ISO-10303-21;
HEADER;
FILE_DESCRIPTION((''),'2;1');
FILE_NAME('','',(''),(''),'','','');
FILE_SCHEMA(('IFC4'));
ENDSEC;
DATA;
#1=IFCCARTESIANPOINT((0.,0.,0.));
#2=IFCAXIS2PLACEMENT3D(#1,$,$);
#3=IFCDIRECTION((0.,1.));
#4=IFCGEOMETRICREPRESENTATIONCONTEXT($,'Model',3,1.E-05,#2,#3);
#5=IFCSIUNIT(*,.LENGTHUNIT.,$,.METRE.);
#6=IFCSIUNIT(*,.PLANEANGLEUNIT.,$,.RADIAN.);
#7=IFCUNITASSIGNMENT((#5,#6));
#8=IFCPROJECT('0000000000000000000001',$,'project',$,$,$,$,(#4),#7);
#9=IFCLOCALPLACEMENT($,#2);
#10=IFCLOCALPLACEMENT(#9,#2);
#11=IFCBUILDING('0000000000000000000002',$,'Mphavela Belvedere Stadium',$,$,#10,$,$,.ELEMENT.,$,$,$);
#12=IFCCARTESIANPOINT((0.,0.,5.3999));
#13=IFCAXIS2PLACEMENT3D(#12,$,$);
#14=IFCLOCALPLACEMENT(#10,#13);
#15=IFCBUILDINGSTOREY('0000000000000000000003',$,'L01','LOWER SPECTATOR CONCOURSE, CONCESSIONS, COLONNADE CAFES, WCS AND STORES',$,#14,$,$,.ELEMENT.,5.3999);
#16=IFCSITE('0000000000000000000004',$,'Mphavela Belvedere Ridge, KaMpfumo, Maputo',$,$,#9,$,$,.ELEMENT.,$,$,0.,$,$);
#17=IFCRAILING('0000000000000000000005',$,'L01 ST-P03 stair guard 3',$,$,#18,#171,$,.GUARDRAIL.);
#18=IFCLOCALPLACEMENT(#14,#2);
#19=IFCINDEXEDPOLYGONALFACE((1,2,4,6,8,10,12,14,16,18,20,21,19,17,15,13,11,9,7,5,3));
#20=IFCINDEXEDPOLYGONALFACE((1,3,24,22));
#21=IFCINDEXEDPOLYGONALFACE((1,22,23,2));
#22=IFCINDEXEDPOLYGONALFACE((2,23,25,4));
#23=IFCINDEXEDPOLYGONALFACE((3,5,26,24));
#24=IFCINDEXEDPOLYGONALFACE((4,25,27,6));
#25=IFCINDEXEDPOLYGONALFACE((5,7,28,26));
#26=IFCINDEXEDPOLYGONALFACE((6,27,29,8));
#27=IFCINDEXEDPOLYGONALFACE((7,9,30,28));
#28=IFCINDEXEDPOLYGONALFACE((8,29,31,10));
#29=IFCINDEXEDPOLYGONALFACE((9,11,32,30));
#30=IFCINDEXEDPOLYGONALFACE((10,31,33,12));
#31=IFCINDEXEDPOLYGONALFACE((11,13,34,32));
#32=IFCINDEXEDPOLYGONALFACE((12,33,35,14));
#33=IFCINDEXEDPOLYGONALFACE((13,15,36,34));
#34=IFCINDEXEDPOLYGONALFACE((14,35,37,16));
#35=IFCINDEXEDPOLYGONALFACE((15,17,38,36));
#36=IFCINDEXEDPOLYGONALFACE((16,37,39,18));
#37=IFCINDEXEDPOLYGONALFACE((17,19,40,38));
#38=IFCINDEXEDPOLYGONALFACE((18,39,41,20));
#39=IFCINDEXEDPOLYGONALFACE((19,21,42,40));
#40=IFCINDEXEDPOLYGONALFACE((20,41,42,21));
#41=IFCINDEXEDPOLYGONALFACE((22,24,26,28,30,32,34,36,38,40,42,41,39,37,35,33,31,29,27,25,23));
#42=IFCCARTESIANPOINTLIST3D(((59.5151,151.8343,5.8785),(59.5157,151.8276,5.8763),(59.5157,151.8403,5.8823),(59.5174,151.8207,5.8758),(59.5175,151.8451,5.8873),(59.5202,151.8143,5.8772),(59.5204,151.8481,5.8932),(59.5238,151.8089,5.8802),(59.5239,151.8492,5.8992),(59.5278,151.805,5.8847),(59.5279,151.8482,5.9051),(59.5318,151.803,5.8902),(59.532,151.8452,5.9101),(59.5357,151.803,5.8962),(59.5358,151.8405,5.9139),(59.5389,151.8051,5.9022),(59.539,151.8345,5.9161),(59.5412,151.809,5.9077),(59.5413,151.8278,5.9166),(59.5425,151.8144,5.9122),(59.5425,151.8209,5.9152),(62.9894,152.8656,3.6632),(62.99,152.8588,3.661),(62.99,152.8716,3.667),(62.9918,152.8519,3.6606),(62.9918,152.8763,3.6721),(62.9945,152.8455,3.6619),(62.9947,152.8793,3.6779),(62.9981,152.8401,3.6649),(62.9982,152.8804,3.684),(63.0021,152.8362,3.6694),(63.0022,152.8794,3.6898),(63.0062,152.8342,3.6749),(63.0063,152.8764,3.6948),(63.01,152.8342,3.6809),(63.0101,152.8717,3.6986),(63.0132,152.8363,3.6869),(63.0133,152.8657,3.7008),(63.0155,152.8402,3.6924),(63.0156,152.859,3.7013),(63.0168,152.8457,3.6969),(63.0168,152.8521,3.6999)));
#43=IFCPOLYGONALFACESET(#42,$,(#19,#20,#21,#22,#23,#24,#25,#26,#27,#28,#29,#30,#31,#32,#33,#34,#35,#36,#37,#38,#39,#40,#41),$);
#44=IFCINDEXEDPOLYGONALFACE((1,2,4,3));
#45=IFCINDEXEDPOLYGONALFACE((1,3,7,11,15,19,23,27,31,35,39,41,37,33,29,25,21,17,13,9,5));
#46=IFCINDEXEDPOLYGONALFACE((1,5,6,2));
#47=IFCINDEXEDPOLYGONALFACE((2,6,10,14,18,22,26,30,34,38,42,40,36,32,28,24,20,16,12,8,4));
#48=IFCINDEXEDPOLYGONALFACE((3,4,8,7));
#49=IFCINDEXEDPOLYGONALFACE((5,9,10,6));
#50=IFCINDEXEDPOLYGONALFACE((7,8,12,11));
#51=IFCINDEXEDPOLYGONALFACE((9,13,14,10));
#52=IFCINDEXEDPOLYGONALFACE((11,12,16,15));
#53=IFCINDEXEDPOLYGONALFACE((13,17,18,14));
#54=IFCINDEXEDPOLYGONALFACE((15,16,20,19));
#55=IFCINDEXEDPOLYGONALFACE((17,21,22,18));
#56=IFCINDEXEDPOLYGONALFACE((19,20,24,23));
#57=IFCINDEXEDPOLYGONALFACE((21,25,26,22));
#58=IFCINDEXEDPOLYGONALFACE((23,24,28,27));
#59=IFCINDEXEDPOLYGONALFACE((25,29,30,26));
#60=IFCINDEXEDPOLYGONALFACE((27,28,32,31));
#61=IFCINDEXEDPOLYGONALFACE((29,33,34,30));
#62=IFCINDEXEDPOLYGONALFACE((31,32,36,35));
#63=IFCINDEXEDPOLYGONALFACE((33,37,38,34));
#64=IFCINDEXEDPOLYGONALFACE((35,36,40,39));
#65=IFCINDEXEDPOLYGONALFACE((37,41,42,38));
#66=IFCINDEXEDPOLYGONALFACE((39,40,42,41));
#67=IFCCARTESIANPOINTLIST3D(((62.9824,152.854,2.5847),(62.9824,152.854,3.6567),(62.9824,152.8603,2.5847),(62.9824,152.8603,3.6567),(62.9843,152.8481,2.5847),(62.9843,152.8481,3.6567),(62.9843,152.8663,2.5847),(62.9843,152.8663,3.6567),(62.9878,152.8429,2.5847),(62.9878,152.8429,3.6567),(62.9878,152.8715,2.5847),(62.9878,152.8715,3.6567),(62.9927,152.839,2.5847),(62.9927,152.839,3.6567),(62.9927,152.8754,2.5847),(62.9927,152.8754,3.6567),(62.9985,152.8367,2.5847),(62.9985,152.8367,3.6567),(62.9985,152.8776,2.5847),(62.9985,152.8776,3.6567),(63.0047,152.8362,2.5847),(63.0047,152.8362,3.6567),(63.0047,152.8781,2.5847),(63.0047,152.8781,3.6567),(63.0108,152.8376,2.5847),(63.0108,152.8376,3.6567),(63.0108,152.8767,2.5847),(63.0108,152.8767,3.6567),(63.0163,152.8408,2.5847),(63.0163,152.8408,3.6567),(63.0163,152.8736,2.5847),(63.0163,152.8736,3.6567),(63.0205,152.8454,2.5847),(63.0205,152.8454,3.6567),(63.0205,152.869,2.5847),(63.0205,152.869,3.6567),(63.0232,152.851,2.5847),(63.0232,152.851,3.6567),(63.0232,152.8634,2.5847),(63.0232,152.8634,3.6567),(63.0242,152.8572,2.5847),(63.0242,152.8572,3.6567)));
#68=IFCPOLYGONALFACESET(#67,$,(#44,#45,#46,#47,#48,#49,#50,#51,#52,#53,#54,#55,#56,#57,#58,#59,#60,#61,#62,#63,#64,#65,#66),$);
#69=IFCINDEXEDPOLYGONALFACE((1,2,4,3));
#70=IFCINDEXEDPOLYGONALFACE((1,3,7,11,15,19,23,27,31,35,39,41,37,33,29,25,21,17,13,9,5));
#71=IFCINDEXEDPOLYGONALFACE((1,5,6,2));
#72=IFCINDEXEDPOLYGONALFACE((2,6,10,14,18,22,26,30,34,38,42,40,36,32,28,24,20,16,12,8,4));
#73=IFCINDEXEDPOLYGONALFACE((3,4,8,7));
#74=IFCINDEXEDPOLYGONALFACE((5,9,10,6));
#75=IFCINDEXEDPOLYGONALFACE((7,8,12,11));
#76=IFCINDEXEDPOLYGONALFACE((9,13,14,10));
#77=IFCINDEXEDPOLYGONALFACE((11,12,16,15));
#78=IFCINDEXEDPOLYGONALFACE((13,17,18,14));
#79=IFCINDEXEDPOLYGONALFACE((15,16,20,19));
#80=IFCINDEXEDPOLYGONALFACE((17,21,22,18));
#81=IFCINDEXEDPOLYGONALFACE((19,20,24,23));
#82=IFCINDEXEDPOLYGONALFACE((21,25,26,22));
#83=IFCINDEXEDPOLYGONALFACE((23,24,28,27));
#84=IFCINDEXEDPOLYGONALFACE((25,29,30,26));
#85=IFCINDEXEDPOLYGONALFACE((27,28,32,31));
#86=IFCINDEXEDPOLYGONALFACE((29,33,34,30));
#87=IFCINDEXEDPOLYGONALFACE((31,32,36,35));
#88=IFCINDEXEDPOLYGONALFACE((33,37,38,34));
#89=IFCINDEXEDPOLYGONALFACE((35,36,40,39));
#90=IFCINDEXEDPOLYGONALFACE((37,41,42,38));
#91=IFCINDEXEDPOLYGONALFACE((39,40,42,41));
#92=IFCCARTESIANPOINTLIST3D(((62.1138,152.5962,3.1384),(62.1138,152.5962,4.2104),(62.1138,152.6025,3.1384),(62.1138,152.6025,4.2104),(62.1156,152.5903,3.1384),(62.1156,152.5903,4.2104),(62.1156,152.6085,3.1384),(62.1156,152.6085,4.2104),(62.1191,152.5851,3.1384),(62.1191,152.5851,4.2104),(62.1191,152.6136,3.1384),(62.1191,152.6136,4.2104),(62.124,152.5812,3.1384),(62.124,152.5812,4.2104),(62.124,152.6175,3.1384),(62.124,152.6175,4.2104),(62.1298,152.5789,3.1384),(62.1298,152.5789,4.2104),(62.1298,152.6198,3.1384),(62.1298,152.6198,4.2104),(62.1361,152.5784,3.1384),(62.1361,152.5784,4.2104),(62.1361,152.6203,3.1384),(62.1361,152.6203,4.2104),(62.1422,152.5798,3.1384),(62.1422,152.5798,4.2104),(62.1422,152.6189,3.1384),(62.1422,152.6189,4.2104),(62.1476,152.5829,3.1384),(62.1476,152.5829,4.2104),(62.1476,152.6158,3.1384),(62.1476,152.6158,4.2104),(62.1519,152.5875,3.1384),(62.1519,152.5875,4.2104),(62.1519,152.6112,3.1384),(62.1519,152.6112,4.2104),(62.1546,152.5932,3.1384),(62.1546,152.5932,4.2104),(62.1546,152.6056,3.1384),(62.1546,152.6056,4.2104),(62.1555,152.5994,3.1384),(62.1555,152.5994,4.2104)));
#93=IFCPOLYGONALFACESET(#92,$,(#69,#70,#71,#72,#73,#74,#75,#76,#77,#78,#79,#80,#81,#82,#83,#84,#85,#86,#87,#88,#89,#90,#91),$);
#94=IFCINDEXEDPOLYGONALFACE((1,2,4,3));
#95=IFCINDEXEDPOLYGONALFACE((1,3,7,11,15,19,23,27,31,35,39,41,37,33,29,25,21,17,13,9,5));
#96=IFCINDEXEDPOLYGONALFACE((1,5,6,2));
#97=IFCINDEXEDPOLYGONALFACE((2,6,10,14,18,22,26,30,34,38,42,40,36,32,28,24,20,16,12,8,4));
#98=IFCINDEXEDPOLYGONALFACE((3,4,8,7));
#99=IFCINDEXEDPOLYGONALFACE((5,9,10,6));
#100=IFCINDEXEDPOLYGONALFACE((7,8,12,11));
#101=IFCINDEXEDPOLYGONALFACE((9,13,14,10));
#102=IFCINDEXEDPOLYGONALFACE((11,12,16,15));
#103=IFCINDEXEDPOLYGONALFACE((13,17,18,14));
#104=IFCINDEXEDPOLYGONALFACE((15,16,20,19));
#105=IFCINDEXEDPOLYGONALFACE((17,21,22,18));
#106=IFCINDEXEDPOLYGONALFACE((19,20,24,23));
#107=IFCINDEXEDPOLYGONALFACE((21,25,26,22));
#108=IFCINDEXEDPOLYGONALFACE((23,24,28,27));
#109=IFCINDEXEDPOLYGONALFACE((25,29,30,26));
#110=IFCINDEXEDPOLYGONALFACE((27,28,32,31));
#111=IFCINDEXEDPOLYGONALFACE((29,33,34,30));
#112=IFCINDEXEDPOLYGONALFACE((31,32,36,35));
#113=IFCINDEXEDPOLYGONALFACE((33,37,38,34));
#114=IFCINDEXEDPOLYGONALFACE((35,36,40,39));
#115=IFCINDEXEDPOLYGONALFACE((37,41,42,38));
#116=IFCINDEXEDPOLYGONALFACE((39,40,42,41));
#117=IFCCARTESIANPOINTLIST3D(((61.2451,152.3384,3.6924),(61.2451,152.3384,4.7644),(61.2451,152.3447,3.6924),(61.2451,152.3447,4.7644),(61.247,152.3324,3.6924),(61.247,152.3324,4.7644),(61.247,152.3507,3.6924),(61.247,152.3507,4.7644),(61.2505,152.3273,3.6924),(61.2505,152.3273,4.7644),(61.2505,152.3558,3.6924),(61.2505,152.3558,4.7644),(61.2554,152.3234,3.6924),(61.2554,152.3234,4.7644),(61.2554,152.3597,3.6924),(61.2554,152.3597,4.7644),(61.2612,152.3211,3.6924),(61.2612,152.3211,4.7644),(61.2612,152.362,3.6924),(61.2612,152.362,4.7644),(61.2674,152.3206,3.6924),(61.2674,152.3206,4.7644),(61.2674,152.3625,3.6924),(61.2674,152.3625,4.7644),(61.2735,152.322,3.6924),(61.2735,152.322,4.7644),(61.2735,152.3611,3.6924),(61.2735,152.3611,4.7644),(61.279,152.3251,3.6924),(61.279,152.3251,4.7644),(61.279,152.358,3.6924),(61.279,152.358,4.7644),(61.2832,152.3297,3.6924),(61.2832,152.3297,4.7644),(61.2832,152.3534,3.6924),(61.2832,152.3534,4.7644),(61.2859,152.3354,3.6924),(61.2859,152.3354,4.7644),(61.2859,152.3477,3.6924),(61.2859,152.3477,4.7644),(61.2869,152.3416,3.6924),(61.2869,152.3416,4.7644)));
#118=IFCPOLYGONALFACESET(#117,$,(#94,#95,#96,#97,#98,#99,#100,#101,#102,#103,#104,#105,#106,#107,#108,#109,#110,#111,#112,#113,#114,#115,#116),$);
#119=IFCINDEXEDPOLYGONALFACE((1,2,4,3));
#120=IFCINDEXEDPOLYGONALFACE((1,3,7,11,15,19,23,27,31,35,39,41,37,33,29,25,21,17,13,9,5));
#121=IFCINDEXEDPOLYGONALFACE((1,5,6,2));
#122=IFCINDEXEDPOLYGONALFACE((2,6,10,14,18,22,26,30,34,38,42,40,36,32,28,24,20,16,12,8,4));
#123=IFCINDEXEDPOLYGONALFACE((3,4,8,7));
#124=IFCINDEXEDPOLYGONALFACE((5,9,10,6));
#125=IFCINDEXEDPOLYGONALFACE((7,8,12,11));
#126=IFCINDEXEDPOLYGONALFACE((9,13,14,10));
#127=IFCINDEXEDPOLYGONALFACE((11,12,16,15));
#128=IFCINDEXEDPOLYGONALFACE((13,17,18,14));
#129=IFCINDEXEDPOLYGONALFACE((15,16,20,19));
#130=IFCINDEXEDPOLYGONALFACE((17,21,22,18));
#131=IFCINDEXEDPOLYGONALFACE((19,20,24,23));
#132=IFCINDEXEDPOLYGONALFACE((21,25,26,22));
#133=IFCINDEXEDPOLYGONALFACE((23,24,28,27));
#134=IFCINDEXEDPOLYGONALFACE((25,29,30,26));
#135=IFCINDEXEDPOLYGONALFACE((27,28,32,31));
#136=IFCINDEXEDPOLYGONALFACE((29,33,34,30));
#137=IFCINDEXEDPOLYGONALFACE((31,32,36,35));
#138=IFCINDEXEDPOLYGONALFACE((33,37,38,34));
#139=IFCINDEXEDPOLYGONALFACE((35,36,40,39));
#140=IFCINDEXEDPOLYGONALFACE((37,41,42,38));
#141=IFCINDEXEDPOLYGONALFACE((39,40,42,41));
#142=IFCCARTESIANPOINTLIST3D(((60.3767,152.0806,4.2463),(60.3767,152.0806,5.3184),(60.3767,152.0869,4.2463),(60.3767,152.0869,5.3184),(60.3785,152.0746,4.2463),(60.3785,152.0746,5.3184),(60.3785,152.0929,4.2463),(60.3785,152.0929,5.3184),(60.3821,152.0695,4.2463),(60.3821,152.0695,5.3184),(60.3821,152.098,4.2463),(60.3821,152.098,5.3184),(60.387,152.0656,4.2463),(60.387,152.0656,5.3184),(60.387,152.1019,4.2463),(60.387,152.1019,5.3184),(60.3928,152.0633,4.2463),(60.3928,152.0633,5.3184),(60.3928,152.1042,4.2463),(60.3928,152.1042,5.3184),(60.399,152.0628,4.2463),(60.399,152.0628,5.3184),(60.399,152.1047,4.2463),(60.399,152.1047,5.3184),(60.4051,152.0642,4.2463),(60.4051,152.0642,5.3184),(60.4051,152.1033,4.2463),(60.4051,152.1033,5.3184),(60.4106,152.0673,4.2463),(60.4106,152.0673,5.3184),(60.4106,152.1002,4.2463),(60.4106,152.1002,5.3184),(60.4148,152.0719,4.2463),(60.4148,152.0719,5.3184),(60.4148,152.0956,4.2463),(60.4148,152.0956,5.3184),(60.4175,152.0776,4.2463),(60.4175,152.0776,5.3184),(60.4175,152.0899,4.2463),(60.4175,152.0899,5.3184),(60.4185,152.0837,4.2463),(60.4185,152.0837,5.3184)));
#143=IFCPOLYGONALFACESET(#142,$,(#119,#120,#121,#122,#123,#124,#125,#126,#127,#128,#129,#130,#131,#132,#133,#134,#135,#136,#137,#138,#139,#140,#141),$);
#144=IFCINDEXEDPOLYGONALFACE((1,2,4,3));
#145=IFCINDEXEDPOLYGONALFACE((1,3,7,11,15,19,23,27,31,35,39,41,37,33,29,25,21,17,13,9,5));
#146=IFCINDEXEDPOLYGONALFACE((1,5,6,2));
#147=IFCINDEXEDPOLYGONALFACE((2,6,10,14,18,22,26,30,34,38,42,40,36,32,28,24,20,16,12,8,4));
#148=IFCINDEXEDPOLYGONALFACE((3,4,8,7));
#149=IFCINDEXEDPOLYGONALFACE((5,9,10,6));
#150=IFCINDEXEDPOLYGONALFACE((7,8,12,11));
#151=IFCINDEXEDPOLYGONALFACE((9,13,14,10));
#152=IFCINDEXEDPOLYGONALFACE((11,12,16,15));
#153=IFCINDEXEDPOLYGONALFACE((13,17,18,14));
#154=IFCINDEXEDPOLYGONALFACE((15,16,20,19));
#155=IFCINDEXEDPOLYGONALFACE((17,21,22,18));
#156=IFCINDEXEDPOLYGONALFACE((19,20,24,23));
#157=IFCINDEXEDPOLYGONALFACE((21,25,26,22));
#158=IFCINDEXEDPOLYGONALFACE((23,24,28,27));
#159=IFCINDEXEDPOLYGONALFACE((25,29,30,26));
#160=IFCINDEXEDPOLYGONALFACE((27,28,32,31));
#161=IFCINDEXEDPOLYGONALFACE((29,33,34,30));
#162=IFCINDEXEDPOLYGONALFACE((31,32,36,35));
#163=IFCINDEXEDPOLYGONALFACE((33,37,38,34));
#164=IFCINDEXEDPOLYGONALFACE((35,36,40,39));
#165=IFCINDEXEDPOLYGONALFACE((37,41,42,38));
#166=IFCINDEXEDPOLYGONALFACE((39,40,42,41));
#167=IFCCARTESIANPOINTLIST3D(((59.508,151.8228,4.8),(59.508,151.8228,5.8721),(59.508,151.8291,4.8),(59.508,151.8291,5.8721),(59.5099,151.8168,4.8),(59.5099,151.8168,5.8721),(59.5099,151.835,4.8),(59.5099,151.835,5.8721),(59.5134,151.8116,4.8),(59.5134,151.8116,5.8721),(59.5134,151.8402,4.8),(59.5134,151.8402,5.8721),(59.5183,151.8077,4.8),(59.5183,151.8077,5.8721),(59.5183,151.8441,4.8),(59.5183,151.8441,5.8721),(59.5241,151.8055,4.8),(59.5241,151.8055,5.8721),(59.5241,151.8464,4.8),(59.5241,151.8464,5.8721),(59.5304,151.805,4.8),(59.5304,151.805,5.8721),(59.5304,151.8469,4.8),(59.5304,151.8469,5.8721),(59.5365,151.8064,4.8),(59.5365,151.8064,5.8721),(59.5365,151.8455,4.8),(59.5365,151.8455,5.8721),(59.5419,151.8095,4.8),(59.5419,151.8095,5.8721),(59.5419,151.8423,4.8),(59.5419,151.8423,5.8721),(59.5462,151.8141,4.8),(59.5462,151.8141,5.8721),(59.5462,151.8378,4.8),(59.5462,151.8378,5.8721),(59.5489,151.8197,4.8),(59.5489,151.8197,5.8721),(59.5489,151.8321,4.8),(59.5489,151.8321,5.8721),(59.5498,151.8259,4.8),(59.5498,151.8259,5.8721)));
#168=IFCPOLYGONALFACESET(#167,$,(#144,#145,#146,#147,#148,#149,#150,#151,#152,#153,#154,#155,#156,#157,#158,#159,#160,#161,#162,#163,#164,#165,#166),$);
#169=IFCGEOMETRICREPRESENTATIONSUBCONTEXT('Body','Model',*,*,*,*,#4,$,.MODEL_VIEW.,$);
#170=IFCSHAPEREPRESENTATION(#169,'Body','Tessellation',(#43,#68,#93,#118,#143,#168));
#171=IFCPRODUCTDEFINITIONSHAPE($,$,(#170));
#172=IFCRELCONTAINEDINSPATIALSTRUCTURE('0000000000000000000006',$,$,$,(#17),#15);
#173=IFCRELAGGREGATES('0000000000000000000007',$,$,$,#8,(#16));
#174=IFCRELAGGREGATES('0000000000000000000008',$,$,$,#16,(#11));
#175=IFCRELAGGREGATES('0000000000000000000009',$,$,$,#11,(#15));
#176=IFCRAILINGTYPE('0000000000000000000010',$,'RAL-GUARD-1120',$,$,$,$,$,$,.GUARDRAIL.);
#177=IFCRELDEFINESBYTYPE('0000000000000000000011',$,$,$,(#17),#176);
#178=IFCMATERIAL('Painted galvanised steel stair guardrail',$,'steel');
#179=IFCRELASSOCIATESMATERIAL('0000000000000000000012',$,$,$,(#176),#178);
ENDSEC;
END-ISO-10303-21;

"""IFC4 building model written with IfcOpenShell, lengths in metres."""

from ifc_helpers import new_model, si_unit, direction, frame, origin, origin_2d, place, context, subcontext, project, spatial, circle, extrude, material, type_object, element, save


model = new_model("IFC4")

# Units and contexts
model_context = context("Model", 3, precision=1e-05, world=origin(), true_north=direction((0.0, 1.0)))
body_context = subcontext(model_context, "Body", "Model", "MODEL_VIEW")
ifc_project = project(units=[si_unit("LENGTHUNIT", "METRE"), si_unit("PLANEANGLEUNIT", "RADIAN")], contexts=[model_context])

# Site, building, storey
site_placement = place(None, origin())
site = spatial("IfcSite", under=ifc_project, at=site_placement, Name="Mphavela Belvedere Ridge, KaMpfumo, Maputo", CompositionType="ELEMENT", RefElevation=0.0)
building_placement = place(site_placement, origin())
building = spatial("IfcBuilding", under=site, at=building_placement, Name="Mphavela Belvedere Stadium", CompositionType="ELEMENT")
storey_placement = place(building_placement, frame((0.0, 0.0, 5.3999)))
storey = spatial("IfcBuildingStorey", under=building, at=storey_placement, Name="L01", Description="LOWER SPECTATOR CONCOURSE, CONCESSIONS, COLONNADE CAFES, WCS AND STORES", CompositionType="ELEMENT", Elevation=5.3999)

# Railing
ifc_material_1 = material(Name="Painted galvanised steel stair guardrail", Category="steel")
railing_type_1 = type_object("IfcRailingType", Name="RAL-GUARD-1120", PredefinedType="GUARDRAIL", material=ifc_material_1)
railing_1_placement = place(storey_placement, frame((63.0032, 152.8572, 2.5847)))
element("IfcRailing", 1, at=railing_1_placement, inside=storey, type_object=railing_type_1, Name="L01 ST-P03 stair guard 3", PredefinedType="GUARDRAIL", context=body_context, shape_type="SweptSolid", body=[
    extrude(circle(Radius=0.0239, at=origin_2d()), frame((0.0, 0.0, 1.0962), z_axis=(-0.817953, -0.242782, 0.521545), x_axis=(0.284547, -0.958662, 0.0)), (0.0, 0.0, 1.0), 4.2476),
    extrude(circle(Radius=0.021, at=origin_2d()), origin(), (0.0, 0.0, 1.0), 1.072),
    extrude(circle(Radius=0.021, at=origin_2d()), frame((-0.8687, -0.2578, 0.5537)), (0.0, 0.0, 1.0), 1.072),
    extrude(circle(Radius=0.021, at=origin_2d()), frame((-1.7373, -0.5156, 1.1077)), (0.0, 0.0, 1.0), 1.072),
    extrude(circle(Radius=0.021, at=origin_2d()), frame((-2.6057, -0.7734, 1.6616)), (0.0, 0.0, 1.0), 1.072),
    extrude(circle(Radius=0.021, at=origin_2d()), frame((-3.4744, -1.0312, 2.2153)), (0.0, 0.0, 1.0), 1.072),
])

save(model, "model.ifc")
